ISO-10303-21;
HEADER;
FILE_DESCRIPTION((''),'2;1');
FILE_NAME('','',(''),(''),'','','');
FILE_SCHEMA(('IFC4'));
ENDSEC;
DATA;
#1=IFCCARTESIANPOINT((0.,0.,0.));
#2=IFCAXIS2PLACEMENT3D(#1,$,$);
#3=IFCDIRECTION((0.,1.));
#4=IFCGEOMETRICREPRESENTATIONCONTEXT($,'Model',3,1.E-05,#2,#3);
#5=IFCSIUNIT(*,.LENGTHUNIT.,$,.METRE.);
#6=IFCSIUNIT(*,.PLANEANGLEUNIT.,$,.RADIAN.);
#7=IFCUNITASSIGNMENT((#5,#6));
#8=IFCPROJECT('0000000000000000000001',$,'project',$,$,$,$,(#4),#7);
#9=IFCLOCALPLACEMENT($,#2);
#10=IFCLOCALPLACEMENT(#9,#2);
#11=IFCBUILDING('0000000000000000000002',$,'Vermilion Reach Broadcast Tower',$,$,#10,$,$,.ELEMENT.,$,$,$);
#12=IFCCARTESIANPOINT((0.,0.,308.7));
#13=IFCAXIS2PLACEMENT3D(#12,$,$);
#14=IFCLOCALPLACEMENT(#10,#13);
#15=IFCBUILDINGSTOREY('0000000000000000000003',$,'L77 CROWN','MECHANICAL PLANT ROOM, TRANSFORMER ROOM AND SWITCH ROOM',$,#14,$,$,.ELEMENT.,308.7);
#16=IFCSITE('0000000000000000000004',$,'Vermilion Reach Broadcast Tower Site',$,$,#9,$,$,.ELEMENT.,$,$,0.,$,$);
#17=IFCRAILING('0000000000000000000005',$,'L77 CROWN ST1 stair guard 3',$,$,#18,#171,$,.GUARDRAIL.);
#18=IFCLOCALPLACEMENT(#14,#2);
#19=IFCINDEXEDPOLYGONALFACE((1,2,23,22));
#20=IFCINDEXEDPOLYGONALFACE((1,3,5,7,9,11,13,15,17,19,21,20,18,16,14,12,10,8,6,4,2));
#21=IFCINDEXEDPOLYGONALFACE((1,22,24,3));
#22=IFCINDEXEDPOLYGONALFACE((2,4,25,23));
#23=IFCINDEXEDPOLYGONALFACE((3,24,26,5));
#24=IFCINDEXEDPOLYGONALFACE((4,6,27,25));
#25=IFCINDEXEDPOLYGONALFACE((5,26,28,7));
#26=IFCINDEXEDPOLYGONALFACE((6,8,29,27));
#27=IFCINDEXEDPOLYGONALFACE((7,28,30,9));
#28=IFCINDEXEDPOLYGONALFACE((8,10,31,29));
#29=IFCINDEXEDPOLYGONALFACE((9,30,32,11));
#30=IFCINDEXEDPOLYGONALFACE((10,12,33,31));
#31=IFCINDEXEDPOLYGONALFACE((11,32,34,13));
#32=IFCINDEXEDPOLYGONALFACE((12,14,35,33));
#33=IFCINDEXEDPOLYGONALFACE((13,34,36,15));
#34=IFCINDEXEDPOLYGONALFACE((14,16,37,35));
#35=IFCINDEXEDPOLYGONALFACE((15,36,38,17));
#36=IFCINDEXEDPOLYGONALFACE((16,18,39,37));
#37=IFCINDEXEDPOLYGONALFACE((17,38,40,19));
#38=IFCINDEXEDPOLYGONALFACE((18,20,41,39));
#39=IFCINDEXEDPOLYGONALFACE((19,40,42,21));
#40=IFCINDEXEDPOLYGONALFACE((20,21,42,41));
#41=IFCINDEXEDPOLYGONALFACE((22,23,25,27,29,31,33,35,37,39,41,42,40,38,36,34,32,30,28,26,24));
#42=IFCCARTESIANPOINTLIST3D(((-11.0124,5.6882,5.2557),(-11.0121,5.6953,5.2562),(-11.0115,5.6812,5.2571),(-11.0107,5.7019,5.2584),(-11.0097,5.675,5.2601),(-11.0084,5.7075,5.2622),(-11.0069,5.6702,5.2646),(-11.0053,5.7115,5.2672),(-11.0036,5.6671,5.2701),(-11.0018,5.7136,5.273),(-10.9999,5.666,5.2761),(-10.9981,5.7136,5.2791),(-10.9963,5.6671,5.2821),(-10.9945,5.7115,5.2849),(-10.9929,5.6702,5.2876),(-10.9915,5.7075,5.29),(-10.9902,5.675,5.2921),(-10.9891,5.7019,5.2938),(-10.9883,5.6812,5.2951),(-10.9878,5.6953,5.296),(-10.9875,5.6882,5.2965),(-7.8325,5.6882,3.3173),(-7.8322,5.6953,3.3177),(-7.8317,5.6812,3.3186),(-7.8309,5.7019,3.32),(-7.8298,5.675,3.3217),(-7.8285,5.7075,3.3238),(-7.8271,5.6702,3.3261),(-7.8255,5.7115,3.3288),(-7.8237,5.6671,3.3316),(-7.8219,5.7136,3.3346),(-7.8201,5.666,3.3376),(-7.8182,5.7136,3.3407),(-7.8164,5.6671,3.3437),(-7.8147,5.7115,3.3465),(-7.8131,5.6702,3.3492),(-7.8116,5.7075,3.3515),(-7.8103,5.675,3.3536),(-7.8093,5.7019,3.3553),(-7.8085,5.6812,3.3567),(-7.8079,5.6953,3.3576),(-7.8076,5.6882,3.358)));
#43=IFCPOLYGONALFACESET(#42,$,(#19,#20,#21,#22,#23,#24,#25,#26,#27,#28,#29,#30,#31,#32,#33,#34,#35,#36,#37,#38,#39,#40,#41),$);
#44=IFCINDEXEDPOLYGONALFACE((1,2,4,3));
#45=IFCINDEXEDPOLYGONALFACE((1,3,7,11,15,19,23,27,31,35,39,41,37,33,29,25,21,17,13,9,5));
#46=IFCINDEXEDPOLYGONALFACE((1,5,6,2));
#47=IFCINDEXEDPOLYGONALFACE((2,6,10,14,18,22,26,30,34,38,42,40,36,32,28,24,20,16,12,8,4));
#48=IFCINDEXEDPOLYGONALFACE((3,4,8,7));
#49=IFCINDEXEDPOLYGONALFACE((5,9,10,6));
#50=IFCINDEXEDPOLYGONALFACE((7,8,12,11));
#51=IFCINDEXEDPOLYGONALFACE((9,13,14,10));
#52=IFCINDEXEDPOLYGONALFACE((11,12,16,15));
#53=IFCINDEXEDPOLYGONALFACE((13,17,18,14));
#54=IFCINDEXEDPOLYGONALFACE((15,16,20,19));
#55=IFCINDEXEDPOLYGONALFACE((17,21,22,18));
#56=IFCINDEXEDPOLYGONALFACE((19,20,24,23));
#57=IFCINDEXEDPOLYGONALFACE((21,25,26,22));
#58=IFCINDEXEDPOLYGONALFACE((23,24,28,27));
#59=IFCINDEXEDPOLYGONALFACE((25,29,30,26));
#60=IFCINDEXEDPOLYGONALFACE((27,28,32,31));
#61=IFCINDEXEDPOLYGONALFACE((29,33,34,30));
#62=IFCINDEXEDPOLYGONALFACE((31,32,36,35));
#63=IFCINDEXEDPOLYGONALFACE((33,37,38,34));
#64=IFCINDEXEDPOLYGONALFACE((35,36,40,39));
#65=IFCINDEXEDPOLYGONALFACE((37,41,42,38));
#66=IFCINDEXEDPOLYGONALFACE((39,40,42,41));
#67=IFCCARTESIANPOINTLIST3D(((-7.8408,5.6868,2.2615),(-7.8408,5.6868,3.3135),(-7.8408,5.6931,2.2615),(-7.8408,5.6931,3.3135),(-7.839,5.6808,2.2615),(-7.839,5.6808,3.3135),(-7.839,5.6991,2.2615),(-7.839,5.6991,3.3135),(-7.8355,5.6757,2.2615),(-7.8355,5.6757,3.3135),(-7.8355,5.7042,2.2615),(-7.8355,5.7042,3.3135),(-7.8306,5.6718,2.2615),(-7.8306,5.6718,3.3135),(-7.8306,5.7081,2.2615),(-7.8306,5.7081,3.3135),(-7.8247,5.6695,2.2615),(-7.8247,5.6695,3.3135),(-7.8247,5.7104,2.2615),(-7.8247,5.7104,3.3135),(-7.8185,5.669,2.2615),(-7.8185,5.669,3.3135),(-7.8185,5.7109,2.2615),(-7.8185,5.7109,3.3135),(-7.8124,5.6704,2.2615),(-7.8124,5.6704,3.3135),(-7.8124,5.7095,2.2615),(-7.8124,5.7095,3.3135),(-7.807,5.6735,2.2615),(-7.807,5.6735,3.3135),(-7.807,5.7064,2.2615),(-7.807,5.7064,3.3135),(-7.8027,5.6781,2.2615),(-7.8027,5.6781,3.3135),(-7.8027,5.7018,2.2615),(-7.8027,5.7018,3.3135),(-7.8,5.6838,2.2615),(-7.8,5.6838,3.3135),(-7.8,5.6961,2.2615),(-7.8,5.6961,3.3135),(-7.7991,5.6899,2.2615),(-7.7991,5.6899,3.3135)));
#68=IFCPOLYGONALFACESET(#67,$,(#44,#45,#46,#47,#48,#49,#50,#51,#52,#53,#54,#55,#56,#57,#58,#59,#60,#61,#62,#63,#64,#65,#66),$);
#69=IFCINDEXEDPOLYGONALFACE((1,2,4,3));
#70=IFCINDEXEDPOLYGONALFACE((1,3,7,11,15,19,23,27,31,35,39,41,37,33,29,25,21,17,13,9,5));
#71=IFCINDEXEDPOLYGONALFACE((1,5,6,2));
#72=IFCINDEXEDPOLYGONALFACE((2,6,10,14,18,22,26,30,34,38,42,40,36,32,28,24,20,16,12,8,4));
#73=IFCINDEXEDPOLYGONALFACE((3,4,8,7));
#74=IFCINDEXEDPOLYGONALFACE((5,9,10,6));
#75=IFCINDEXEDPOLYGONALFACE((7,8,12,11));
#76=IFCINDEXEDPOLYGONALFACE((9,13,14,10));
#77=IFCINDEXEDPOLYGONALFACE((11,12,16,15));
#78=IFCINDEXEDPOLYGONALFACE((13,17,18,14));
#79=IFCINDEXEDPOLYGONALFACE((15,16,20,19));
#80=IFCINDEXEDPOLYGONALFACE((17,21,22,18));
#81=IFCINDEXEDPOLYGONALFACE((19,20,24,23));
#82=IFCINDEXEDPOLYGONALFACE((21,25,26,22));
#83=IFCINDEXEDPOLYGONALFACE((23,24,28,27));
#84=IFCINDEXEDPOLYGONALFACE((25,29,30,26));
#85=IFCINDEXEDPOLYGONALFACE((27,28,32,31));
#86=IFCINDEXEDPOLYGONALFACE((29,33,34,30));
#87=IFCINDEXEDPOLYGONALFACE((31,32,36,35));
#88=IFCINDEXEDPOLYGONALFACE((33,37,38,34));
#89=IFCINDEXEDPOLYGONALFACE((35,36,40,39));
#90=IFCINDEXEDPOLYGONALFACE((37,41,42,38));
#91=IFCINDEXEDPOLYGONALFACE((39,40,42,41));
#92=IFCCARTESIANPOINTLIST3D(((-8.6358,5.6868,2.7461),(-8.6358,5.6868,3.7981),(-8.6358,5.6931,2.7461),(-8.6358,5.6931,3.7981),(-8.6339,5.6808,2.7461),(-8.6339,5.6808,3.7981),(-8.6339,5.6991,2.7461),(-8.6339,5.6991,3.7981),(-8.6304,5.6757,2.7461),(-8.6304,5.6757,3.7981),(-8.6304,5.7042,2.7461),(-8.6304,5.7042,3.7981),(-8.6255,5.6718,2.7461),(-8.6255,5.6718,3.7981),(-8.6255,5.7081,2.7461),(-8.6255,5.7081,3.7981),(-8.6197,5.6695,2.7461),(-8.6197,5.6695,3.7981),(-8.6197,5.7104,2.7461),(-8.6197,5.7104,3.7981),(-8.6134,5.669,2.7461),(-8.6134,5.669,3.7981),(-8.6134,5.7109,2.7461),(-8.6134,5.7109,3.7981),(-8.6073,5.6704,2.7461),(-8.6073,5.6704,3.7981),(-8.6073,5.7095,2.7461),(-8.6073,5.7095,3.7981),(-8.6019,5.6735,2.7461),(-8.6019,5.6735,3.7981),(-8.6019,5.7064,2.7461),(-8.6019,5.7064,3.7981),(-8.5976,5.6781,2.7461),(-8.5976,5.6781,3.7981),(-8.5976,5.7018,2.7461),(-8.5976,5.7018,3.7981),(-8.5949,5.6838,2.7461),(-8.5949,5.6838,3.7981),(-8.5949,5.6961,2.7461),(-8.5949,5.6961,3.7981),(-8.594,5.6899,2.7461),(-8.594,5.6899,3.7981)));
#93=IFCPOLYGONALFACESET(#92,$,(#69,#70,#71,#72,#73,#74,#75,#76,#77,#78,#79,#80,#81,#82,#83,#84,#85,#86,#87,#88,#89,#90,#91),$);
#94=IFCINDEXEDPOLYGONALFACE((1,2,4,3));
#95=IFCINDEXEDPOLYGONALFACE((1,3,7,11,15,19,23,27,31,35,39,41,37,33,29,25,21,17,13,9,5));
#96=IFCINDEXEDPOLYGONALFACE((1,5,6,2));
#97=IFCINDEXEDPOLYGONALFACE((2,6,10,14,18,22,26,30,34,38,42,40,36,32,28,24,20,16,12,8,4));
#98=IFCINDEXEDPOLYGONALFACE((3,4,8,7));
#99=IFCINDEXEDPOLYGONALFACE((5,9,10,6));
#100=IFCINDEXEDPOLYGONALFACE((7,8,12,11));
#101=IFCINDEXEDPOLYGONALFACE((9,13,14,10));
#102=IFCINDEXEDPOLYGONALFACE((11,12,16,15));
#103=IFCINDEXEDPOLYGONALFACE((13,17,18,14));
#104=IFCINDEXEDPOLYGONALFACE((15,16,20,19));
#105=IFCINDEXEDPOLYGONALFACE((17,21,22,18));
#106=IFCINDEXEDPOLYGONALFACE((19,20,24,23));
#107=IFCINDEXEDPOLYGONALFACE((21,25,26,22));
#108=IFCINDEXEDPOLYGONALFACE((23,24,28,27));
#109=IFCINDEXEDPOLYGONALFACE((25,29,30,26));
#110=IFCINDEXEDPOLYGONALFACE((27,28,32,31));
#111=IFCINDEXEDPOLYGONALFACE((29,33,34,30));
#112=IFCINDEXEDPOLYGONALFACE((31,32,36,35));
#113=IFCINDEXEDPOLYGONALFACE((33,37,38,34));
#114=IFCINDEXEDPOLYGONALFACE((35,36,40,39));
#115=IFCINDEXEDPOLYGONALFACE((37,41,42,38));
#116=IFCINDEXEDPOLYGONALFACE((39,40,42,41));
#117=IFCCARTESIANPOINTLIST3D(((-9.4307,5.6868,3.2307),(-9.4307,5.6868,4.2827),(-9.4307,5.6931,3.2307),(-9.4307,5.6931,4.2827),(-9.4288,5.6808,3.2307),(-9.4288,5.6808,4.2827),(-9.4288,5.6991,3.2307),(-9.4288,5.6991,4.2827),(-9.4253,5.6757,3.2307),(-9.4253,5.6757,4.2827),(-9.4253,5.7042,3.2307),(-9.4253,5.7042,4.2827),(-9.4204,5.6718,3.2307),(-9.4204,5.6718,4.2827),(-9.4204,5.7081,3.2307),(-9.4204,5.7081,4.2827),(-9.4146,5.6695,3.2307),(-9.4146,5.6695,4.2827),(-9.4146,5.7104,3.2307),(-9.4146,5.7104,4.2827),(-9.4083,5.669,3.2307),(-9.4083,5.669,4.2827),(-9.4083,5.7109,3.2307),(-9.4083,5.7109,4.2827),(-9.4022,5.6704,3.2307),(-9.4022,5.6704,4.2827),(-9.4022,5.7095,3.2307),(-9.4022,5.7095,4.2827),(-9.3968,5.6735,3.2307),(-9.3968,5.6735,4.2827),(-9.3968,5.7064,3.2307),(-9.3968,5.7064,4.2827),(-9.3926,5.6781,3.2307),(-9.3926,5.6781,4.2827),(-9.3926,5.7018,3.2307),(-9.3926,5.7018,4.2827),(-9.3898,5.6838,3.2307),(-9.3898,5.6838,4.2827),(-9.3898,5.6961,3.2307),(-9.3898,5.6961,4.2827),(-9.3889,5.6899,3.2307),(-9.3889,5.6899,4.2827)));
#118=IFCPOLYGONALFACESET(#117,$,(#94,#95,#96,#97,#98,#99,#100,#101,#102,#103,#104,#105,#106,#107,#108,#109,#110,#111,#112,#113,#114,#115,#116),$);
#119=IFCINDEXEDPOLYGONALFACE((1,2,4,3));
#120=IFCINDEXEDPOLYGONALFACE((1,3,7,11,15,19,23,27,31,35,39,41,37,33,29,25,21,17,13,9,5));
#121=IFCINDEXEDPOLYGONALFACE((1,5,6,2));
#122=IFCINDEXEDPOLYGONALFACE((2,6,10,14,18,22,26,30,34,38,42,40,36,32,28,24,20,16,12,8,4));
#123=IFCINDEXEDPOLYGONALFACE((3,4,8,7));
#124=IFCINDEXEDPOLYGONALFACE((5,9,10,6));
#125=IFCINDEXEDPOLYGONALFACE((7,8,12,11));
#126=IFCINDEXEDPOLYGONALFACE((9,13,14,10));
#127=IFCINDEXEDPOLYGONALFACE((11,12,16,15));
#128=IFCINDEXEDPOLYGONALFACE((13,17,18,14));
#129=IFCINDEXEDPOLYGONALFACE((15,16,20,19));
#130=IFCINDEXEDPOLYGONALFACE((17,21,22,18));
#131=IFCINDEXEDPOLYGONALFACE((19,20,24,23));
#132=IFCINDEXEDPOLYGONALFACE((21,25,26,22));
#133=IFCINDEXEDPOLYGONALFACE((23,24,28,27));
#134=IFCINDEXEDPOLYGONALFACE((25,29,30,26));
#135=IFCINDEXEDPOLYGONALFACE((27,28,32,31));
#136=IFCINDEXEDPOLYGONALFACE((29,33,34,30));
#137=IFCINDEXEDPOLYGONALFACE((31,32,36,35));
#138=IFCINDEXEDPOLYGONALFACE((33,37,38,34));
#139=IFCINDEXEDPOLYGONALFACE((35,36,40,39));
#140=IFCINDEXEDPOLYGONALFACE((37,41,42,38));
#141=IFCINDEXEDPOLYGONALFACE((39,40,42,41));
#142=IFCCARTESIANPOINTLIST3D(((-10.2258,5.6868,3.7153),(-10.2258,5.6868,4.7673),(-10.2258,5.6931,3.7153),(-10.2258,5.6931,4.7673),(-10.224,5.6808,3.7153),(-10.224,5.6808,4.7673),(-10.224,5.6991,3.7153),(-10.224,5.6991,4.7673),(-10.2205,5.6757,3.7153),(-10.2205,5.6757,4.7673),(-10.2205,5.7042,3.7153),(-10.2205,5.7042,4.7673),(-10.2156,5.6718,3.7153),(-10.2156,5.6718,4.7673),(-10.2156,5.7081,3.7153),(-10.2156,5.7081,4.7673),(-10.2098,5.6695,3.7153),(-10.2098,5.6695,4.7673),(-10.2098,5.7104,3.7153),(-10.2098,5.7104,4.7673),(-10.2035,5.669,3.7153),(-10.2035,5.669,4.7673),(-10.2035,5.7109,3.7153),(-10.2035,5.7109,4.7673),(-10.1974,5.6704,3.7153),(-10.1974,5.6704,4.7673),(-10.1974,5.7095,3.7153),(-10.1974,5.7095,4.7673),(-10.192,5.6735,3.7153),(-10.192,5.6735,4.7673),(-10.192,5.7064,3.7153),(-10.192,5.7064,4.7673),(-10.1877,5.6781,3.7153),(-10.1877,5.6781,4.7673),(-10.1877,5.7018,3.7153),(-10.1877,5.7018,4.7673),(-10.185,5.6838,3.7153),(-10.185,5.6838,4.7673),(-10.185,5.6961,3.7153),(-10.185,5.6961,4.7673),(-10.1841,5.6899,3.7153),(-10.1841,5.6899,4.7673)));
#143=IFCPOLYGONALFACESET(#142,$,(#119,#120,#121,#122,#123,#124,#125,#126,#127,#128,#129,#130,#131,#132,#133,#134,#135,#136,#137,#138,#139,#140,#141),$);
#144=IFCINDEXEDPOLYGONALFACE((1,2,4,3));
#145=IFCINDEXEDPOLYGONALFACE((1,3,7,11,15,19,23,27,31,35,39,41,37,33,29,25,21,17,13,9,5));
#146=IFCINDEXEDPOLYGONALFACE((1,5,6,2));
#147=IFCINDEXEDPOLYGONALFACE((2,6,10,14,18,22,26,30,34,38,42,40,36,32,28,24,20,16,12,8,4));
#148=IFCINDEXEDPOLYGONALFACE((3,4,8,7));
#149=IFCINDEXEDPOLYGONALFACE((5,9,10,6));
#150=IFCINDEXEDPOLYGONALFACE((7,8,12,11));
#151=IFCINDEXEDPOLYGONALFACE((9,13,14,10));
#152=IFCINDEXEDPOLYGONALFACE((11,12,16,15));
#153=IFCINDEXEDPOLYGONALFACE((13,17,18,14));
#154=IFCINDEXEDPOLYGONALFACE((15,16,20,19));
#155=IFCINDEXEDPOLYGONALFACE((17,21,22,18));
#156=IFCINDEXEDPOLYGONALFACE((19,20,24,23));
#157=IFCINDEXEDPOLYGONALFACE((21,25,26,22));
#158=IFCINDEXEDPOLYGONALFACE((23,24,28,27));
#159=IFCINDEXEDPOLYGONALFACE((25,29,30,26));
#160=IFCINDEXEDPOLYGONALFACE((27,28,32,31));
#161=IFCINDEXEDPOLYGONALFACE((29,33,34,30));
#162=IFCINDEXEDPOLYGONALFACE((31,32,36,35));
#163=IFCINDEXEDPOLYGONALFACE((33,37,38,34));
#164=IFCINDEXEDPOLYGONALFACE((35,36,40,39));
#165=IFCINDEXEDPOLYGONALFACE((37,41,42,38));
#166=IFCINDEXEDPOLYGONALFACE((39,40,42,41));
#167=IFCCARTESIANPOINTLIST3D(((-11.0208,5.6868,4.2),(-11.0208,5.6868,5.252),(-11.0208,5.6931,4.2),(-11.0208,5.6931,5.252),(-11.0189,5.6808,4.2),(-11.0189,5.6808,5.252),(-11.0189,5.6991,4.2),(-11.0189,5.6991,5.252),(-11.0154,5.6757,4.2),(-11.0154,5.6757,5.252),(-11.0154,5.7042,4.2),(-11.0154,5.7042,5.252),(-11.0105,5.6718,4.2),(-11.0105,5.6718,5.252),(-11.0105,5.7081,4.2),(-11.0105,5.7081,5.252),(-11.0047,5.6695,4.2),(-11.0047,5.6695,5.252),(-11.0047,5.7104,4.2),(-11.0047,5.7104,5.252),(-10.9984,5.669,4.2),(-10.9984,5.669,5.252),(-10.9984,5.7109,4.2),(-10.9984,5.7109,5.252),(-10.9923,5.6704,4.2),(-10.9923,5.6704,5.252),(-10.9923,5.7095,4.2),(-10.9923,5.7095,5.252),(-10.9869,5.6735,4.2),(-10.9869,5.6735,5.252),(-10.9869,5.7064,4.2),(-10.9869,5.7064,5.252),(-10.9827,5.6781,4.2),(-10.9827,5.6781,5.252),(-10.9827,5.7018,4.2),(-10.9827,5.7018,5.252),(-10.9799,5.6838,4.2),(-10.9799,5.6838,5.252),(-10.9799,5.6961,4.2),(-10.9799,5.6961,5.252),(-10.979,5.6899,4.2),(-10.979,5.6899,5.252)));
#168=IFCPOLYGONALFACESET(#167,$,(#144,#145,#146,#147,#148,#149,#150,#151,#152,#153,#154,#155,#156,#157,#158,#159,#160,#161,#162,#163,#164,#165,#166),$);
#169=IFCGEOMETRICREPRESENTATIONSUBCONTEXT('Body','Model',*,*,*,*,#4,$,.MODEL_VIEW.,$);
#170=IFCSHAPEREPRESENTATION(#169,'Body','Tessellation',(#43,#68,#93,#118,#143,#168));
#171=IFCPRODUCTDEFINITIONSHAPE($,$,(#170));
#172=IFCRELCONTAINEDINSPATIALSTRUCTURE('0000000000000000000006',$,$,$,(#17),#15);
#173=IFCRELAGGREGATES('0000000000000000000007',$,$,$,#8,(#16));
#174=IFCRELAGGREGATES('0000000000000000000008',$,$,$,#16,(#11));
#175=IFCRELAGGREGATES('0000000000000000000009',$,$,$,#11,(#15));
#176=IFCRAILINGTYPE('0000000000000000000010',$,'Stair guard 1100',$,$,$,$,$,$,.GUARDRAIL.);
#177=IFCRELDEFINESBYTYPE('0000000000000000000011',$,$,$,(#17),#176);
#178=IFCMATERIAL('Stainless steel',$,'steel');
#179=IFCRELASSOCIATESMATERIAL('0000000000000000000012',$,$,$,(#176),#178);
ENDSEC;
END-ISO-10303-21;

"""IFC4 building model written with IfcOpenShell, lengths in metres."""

from ifc_helpers import new_model, si_unit, direction, frame, origin, origin_2d, place, context, subcontext, project, spatial, circle, extrude, material, type_object, element, save


model = new_model("IFC4")

# Units and contexts
model_context = context("Model", 3, precision=1e-05, world=origin(), true_north=direction((0.0, 1.0)))
body_context = subcontext(model_context, "Body", "Model", "MODEL_VIEW")
ifc_project = project(units=[si_unit("LENGTHUNIT", "METRE"), si_unit("PLANEANGLEUNIT", "RADIAN")], contexts=[model_context])

# Site, building, storey
site_placement = place(None, origin())
site = spatial("IfcSite", under=ifc_project, at=site_placement, Name="Vermilion Reach Broadcast Tower Site", CompositionType="ELEMENT", RefElevation=0.0)
building_placement = place(site_placement, origin())
building = spatial("IfcBuilding", under=site, at=building_placement, Name="Vermilion Reach Broadcast Tower", CompositionType="ELEMENT")
storey_placement = place(building_placement, frame((0.0, 0.0, 308.7)))
storey = spatial("IfcBuildingStorey", under=building, at=storey_placement, Name="L77 CROWN", Description="MECHANICAL PLANT ROOM, TRANSFORMER ROOM AND SWITCH ROOM", CompositionType="ELEMENT", Elevation=308.7)

# Railing
ifc_material_1 = material(Name="Stainless steel", Category="steel")
railing_type_1 = type_object("IfcRailingType", Name="Stair guard 1100", PredefinedType="GUARDRAIL", material=ifc_material_1)
railing_1_placement = place(storey_placement, frame((-7.8201, 5.6899, 2.2615)))
element("IfcRailing", 1, at=railing_1_placement, inside=storey, type_object=railing_type_1, Name="L77 CROWN ST1 stair guard 3", PredefinedType="GUARDRAIL", context=body_context, shape_type="SweptSolid", body=[
    extrude(circle(Radius=0.0239, at=origin_2d()), frame((0.0, 0.0, 1.0762), z_axis=(-0.853857, 0.0, 0.520508), x_axis=(0.0, -1.0, 0.0)), (0.0, 0.0, 1.0), 3.7241),
    extrude(circle(Radius=0.021, at=origin_2d()), origin(), (0.0, 0.0, 1.0), 1.052),
    extrude(circle(Radius=0.021, at=origin_2d()), frame((-0.7949, 0.0, 0.4846)), (0.0, 0.0, 1.0), 1.052),
    extrude(circle(Radius=0.021, at=origin_2d()), frame((-1.5898, 0.0, 0.9692)), (0.0, 0.0, 1.0), 1.052),
    extrude(circle(Radius=0.021, at=origin_2d()), frame((-2.385, 0.0, 1.4539)), (0.0, 0.0, 1.0), 1.052),
    extrude(circle(Radius=0.021, at=origin_2d()), frame((-3.1799, 0.0, 1.9385)), (0.0, 0.0, 1.0), 1.052),
])

save(model, "model.ifc")
